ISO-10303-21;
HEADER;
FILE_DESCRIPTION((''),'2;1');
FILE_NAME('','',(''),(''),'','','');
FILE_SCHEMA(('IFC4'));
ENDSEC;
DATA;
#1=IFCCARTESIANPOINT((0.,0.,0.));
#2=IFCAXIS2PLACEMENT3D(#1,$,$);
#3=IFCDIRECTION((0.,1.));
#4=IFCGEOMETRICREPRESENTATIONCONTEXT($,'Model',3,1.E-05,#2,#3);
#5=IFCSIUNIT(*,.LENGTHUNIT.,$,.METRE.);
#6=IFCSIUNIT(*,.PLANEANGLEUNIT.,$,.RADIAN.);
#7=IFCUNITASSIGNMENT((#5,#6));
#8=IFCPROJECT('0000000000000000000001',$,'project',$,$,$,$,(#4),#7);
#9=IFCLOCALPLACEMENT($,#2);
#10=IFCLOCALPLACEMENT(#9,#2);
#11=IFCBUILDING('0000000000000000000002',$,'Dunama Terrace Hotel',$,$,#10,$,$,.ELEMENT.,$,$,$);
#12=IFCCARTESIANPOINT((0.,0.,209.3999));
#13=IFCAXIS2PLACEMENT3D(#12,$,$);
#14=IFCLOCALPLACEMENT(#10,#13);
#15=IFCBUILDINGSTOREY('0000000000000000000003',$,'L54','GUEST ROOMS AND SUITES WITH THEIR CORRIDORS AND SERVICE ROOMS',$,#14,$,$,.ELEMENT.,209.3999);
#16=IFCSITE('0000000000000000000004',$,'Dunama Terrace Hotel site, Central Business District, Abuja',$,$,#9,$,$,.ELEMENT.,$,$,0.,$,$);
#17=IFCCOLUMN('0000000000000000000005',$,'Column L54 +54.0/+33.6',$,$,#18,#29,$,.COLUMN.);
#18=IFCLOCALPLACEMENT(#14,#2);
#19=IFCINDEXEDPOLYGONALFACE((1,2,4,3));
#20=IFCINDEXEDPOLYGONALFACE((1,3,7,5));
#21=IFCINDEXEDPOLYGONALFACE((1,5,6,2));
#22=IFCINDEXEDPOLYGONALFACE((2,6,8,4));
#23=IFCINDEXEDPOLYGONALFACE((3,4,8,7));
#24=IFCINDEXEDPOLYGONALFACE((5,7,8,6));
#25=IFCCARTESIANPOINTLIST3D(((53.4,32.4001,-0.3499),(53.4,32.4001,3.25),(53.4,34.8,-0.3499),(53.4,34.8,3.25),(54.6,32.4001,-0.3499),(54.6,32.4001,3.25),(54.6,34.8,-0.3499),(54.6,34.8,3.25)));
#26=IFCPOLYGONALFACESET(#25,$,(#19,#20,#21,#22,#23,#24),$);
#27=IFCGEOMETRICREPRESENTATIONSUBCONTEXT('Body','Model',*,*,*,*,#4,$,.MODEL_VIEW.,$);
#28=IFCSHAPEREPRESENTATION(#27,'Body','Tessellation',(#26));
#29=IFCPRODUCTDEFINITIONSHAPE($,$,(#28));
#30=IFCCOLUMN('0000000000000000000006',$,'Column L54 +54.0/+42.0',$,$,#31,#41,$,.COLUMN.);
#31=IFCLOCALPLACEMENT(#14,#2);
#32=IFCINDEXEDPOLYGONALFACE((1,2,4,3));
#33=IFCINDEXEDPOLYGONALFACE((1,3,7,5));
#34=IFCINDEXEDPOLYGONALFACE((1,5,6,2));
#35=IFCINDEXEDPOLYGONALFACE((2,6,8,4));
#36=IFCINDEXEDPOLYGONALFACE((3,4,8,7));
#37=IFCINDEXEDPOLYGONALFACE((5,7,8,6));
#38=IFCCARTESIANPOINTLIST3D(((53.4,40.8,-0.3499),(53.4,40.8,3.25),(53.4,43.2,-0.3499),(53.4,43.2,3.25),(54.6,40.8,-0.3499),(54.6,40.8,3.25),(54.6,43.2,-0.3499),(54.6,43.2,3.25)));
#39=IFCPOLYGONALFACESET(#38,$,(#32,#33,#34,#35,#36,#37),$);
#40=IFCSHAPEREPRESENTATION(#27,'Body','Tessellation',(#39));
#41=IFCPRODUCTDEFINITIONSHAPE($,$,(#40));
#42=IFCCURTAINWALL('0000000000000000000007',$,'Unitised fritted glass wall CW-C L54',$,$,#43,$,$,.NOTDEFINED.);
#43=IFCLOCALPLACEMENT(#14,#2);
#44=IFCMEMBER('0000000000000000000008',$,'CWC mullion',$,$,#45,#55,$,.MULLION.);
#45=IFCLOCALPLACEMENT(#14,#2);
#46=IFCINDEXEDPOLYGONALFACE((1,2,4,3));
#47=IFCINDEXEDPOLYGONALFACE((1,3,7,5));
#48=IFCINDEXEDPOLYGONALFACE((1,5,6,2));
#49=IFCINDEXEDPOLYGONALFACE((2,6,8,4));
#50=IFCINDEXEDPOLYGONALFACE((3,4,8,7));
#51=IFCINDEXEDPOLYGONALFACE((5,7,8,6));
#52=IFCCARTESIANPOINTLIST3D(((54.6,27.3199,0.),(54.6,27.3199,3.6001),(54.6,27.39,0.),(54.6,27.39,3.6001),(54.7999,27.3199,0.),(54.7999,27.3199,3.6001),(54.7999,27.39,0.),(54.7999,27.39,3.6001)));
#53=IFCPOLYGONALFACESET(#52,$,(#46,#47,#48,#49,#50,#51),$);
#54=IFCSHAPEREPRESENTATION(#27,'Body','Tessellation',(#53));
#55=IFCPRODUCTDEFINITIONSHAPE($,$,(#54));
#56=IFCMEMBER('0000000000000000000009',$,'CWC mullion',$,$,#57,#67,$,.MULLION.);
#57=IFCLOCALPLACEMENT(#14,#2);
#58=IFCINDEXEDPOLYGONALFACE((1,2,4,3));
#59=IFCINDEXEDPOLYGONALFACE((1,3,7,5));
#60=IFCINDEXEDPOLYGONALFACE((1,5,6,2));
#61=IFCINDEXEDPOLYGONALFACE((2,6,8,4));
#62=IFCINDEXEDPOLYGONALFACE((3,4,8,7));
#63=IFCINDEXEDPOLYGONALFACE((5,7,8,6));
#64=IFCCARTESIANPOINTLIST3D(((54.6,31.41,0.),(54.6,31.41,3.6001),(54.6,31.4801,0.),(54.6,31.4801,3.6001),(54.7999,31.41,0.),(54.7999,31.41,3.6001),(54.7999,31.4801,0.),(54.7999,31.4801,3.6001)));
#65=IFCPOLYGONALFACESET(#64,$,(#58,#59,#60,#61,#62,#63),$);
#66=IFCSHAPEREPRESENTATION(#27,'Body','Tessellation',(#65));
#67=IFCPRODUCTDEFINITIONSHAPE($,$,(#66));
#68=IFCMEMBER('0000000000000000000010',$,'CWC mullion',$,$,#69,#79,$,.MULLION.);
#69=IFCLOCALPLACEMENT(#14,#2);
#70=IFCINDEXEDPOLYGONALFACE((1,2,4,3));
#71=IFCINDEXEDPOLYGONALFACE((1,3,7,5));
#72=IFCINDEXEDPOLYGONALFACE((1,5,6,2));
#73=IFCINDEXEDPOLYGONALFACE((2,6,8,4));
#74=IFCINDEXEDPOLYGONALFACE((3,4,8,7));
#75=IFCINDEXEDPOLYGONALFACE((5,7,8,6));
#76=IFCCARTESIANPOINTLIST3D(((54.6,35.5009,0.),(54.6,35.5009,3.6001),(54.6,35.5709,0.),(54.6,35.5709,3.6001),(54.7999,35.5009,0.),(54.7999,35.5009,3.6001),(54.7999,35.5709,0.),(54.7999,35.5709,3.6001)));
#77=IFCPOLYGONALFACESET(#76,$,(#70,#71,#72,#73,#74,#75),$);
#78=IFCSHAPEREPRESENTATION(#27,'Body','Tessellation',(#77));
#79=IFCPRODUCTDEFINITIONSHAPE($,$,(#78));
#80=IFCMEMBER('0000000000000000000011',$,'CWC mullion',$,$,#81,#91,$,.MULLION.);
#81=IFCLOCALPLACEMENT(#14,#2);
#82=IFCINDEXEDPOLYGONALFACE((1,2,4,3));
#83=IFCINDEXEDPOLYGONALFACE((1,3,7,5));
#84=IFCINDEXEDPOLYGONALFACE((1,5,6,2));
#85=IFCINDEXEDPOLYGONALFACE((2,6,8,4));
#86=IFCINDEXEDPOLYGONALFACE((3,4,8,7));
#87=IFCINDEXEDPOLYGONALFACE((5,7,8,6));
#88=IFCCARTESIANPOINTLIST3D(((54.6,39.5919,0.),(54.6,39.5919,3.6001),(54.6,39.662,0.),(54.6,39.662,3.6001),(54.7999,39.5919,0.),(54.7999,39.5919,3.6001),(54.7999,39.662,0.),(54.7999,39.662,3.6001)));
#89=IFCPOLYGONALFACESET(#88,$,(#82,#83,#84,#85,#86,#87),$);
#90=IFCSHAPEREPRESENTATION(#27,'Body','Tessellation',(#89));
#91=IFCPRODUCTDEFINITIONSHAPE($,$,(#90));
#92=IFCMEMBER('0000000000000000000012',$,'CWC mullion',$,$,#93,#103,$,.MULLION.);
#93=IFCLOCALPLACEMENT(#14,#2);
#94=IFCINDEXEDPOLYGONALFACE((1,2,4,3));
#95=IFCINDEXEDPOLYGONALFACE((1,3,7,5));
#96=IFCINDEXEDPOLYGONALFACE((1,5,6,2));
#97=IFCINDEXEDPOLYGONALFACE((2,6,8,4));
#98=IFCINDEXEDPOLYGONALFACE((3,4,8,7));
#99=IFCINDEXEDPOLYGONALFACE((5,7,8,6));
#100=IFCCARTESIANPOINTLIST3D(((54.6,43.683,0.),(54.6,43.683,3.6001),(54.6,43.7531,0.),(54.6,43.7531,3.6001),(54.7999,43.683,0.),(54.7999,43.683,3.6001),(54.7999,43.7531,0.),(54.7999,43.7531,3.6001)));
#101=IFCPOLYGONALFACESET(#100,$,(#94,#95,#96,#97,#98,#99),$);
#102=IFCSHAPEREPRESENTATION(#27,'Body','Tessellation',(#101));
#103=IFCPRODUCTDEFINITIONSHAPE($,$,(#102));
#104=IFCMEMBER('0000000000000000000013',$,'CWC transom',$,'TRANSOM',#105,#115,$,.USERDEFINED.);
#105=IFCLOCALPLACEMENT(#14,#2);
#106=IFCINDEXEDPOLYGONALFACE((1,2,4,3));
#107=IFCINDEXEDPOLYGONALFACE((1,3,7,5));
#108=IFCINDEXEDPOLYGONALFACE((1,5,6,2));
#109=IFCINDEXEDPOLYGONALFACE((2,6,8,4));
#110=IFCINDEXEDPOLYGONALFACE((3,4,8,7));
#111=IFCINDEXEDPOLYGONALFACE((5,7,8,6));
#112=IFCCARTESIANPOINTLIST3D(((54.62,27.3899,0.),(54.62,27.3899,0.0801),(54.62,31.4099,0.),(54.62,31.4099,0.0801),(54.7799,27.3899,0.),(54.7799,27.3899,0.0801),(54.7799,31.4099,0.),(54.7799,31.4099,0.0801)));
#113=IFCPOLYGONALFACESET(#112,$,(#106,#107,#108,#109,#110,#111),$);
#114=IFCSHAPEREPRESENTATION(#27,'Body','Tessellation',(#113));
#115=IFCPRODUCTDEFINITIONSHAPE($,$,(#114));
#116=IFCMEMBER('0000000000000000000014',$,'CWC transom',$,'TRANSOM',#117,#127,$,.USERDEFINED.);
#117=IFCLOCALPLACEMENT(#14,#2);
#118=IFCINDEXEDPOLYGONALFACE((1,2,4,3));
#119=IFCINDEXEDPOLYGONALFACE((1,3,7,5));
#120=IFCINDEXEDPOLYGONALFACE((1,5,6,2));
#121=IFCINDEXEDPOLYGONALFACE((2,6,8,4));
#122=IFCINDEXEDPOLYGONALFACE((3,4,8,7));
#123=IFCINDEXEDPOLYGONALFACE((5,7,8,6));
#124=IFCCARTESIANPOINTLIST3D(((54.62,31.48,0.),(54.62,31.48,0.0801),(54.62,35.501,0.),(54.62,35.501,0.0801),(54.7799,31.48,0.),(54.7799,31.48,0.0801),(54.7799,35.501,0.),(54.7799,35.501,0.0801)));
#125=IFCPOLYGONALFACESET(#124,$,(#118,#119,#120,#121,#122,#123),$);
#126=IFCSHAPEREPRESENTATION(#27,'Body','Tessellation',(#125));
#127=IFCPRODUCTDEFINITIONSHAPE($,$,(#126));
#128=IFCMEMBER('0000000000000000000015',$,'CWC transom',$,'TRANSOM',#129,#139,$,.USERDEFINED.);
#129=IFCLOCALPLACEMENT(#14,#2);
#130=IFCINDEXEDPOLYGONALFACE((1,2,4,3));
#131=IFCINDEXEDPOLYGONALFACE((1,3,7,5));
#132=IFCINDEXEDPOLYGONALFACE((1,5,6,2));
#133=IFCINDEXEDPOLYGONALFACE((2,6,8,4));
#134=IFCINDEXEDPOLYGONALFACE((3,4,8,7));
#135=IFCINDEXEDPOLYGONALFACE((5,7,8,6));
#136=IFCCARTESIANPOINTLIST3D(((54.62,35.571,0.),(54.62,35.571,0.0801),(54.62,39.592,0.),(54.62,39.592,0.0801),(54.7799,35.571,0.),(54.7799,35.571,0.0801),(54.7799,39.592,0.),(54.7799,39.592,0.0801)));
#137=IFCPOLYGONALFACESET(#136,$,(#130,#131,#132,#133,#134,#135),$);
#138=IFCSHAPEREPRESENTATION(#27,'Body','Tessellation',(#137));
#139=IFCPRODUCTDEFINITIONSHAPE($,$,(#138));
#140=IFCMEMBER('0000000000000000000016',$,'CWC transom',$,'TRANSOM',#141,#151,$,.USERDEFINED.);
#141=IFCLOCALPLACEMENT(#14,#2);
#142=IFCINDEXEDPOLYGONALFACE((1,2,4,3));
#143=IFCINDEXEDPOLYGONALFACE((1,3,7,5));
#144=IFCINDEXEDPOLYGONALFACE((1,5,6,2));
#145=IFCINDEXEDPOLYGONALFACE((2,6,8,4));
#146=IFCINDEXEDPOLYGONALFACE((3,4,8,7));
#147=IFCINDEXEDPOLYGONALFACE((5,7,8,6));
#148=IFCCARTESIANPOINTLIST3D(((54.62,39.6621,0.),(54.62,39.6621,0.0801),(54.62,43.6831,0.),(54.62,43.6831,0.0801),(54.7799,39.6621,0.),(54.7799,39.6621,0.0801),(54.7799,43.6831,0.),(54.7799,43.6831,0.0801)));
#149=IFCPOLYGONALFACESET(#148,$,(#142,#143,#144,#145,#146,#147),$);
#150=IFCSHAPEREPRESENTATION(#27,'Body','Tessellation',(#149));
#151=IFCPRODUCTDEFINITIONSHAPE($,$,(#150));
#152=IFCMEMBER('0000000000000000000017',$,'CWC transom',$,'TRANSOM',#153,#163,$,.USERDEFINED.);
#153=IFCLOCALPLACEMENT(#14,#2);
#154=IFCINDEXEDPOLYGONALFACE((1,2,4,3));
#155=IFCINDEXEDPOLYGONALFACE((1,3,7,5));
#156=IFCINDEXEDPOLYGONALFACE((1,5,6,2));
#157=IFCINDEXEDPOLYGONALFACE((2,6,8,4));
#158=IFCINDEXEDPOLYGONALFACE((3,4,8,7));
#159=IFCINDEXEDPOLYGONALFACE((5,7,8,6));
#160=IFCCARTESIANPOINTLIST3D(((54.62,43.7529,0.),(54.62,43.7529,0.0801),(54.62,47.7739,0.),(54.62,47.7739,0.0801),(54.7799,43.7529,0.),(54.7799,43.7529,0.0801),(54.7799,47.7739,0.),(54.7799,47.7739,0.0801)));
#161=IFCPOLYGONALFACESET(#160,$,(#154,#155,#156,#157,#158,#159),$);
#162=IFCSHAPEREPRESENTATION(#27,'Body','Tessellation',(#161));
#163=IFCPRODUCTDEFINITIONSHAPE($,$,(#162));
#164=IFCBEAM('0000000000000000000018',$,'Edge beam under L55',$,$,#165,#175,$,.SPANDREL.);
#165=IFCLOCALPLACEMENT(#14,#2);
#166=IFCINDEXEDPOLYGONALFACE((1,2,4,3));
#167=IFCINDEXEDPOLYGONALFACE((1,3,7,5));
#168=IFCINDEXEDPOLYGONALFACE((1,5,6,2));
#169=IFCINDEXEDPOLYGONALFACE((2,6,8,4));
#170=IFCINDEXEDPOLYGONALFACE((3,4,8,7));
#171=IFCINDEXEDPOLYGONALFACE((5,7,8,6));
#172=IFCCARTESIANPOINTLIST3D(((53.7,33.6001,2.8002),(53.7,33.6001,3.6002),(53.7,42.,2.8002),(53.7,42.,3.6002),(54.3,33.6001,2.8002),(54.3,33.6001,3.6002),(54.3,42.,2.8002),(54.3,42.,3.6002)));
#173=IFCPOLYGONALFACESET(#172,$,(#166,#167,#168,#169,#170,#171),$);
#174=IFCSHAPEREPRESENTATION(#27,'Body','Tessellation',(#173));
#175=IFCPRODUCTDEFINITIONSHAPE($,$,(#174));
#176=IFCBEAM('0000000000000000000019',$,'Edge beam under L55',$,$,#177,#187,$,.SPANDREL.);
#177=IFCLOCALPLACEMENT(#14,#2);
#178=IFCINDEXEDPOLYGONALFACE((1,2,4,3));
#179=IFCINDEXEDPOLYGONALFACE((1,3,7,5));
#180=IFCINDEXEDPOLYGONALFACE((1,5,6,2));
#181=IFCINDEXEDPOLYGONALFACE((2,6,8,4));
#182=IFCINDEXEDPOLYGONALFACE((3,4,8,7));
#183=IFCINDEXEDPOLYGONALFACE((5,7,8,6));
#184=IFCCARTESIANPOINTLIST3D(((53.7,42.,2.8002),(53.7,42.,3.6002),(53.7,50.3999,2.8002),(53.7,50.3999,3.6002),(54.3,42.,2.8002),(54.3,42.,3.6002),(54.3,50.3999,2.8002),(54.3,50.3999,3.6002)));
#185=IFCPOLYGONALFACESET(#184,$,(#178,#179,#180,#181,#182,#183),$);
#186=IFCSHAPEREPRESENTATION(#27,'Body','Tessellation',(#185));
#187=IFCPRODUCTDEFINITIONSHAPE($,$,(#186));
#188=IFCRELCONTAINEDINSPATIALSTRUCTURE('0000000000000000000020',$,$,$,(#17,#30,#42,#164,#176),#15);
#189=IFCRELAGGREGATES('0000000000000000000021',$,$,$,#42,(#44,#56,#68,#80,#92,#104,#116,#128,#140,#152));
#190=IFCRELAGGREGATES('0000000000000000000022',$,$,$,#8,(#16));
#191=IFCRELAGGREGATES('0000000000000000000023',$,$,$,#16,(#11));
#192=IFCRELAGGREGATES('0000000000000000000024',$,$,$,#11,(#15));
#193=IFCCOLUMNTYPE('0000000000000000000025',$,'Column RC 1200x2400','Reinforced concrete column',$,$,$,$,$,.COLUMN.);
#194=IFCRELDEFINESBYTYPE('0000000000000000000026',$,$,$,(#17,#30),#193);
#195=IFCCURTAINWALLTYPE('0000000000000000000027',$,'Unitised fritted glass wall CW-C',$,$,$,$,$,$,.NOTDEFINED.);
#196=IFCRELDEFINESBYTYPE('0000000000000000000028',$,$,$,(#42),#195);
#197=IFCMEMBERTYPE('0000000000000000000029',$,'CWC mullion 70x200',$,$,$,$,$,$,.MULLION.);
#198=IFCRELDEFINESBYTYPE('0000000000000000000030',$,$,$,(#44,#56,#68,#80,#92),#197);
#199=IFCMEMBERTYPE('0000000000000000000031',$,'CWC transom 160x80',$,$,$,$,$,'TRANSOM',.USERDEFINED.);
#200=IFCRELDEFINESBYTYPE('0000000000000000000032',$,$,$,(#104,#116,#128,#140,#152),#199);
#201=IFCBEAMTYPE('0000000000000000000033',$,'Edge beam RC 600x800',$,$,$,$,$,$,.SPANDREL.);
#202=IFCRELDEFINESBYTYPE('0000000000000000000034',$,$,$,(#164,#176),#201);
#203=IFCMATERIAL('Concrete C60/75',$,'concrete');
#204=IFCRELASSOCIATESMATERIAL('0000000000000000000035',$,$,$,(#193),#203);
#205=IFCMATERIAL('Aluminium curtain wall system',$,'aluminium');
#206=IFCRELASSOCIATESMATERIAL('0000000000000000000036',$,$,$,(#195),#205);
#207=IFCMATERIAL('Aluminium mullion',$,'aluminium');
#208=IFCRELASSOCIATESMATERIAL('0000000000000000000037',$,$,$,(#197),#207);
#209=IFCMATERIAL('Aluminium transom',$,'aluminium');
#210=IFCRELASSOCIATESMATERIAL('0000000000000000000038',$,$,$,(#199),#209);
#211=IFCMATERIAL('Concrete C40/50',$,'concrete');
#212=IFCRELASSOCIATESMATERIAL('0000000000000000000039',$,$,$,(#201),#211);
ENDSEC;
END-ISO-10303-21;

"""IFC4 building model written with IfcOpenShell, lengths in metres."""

from ifc_helpers import new_model, si_unit, direction, frame, origin, origin_2d, place, context, subcontext, project, spatial, rectangle, extrude, material, material_profile, profile_set, type_object, element, aggregate, save


model = new_model("IFC4")

# Units and contexts
model_context = context("Model", 3, precision=1e-05, world=origin(), true_north=direction((0.0, 1.0)))
body_context = subcontext(model_context, "Body", "Model", "MODEL_VIEW")
ifc_project = project(units=[si_unit("LENGTHUNIT", "METRE"), si_unit("PLANEANGLEUNIT", "RADIAN")], contexts=[model_context])

# Site, building, storey
site_placement = place(None, origin())
site = spatial("IfcSite", under=ifc_project, at=site_placement, Name="Dunama Terrace Hotel site, Central Business District, Abuja", CompositionType="ELEMENT", RefElevation=0.0)
building_placement = place(site_placement, origin())
building = spatial("IfcBuilding", under=site, at=building_placement, Name="Dunama Terrace Hotel", CompositionType="ELEMENT")
storey_placement = place(building_placement, frame((0.0, 0.0, 209.3999)))
storey = spatial("IfcBuildingStorey", under=building, at=storey_placement, Name="L54", Description="GUEST ROOMS AND SUITES WITH THEIR CORRIDORS AND SERVICE ROOMS", CompositionType="ELEMENT", Elevation=209.3999)

# Columns
ifc_material_1 = material(Name="Concrete C60/75", Category="concrete")
ifc_material_profile_1 = material_profile(ifc_material_1, rectangle(XDim=1.2, YDim=2.3999, at=origin_2d()), Name="RC 1200x2400")
ifc_profile_set_1 = profile_set([ifc_material_profile_1], Name="Concrete C60/75")
column_type = type_object("IfcColumnType", Name="Column RC 1200x2400", Description="Reinforced concrete column", PredefinedType="COLUMN", material=ifc_profile_set_1)
for number, where, z_axis, x_axis, name in (
    (1, (54.0, 33.6001, -0.3499), (0.0, 0.0, 1.0), (1.0, 0.0, 0.0), "Column L54 +54.0/+33.6"),
    (2, (54.0, 42.0, -0.3499), (0.0, 0.0, 1.0), (1.0, 0.0, 0.0), "Column L54 +54.0/+42.0"),
):
    element("IfcColumn", number, at=place(storey_placement, frame(where, z_axis=z_axis, x_axis=x_axis)), inside=storey, type_object=column_type, Name=name, PredefinedType="COLUMN", context=body_context, shape_type="SweptSolid", body=[
        extrude(rectangle(XDim=1.2, YDim=2.3999, at=origin_2d()), origin(), (0.0, 0.0, 1.0), 3.5999),
    ])

# Curtain wall, members
ifc_material_2 = material(Name="Aluminium curtain wall system", Category="aluminium")
curtain_wall_type = type_object("IfcCurtainWallType", Name="Unitised fritted glass wall CW-C", PredefinedType="NOTDEFINED", material=ifc_material_2)
curtain_wall_placement = place(storey_placement, origin())
curtain_wall = element("IfcCurtainWall", 3, at=curtain_wall_placement, inside=storey, type_object=curtain_wall_type, Name="Unitised fritted glass wall CW-C L54", PredefinedType="NOTDEFINED")
ifc_material_3 = material(Name="Aluminium mullion", Category="aluminium")
ifc_material_profile_2 = material_profile(ifc_material_3, rectangle(XDim=0.0701, YDim=0.2, at=origin_2d()), Name="CWC MULLION 70X200")
ifc_profile_set_2 = profile_set([ifc_material_profile_2], Name="Aluminium mullion")
member_type_1 = type_object("IfcMemberType", Name="CWC mullion 70x200", PredefinedType="MULLION", material=ifc_profile_set_2)
member_1_placement = place(storey_placement, frame((54.7, 27.355, 0.0), z_axis=(0.0, 0.0, 1.0), x_axis=(0.0, 1.0, 0.0)))
member_1 = element("IfcMember", 4, at=member_1_placement, type_object=member_type_1, Name="CWC mullion", PredefinedType="MULLION", context=body_context, shape_type="SweptSolid", body=[
    extrude(rectangle(XDim=0.0701, YDim=0.2, at=origin_2d()), origin(), (0.0, 0.0, 1.0), 3.6001),
])
member_2_placement = place(storey_placement, frame((54.7, 31.4451, 0.0), z_axis=(0.0, 0.0, 1.0), x_axis=(0.0, 1.0, 0.0)))
member_2 = element("IfcMember", 5, at=member_2_placement, type_object=member_type_1, Name="CWC mullion", PredefinedType="MULLION", context=body_context, shape_type="SweptSolid", body=[
    extrude(rectangle(XDim=0.0701, YDim=0.2, at=origin_2d()), origin(), (0.0, 0.0, 1.0), 3.6001),
])
member_3_placement = place(storey_placement, frame((54.7, 35.5359, 0.0), z_axis=(0.0, 0.0, 1.0), x_axis=(0.0, 1.0, 0.0)))
member_3 = element("IfcMember", 6, at=member_3_placement, type_object=member_type_1, Name="CWC mullion", PredefinedType="MULLION", context=body_context, shape_type="SweptSolid", body=[
    extrude(rectangle(XDim=0.0701, YDim=0.2, at=origin_2d()), origin(), (0.0, 0.0, 1.0), 3.6001),
])
member_4_placement = place(storey_placement, frame((54.7, 39.627, 0.0), z_axis=(0.0, 0.0, 1.0), x_axis=(0.0, 1.0, 0.0)))
member_4 = element("IfcMember", 7, at=member_4_placement, type_object=member_type_1, Name="CWC mullion", PredefinedType="MULLION", context=body_context, shape_type="SweptSolid", body=[
    extrude(rectangle(XDim=0.0701, YDim=0.2, at=origin_2d()), origin(), (0.0, 0.0, 1.0), 3.6001),
])
member_5_placement = place(storey_placement, frame((54.7, 43.718, 0.0), z_axis=(0.0, 0.0, 1.0), x_axis=(0.0, 1.0, 0.0)))
member_5 = element("IfcMember", 8, at=member_5_placement, type_object=member_type_1, Name="CWC mullion", PredefinedType="MULLION", context=body_context, shape_type="SweptSolid", body=[
    extrude(rectangle(XDim=0.0701, YDim=0.2, at=origin_2d()), origin(), (0.0, 0.0, 1.0), 3.6001),
])
ifc_material_4 = material(Name="Aluminium transom", Category="aluminium")
ifc_material_profile_3 = material_profile(ifc_material_4, rectangle(XDim=0.1599, YDim=0.0801, at=origin_2d()), Name="CWC TRANSOM 160X80")
ifc_profile_set_3 = profile_set([ifc_material_profile_3], Name="Aluminium transom")
member_type_2 = type_object("IfcMemberType", Name="CWC transom 160x80", ElementType="TRANSOM", PredefinedType="USERDEFINED", material=ifc_profile_set_3)
member_6_placement = place(storey_placement, frame((54.7, 27.3899, 0.04), z_axis=(0.0, 1.0, 0.0), x_axis=(-1.0, 0.0, 0.0)))
member_6 = element("IfcMember", 9, at=member_6_placement, type_object=member_type_2, Name="CWC transom", ObjectType="TRANSOM", PredefinedType="USERDEFINED", context=body_context, shape_type="SweptSolid", body=[
    extrude(rectangle(XDim=0.1599, YDim=0.0801, at=origin_2d()), origin(), (0.0, 0.0, 1.0), 4.02),
])
member_7_placement = place(storey_placement, frame((54.7, 31.48, 0.04), z_axis=(0.0, 1.0, 0.0), x_axis=(-1.0, 0.0, 0.0)))
member_7 = element("IfcMember", 10, at=member_7_placement, type_object=member_type_2, Name="CWC transom", ObjectType="TRANSOM", PredefinedType="USERDEFINED", context=body_context, shape_type="SweptSolid", body=[
    extrude(rectangle(XDim=0.1599, YDim=0.0801, at=origin_2d()), origin(), (0.0, 0.0, 1.0), 4.021),
])
member_8_placement = place(storey_placement, frame((54.7, 35.571, 0.04), z_axis=(0.0, 1.0, 0.0), x_axis=(-1.0, 0.0, 0.0)))
member_8 = element("IfcMember", 11, at=member_8_placement, type_object=member_type_2, Name="CWC transom", ObjectType="TRANSOM", PredefinedType="USERDEFINED", context=body_context, shape_type="SweptSolid", body=[
    extrude(rectangle(XDim=0.1599, YDim=0.0801, at=origin_2d()), origin(), (0.0, 0.0, 1.0), 4.021),
])
member_9_placement = place(storey_placement, frame((54.7, 39.6621, 0.04), z_axis=(0.0, 1.0, 0.0), x_axis=(-1.0, 0.0, 0.0)))
member_9 = element("IfcMember", 12, at=member_9_placement, type_object=member_type_2, Name="CWC transom", ObjectType="TRANSOM", PredefinedType="USERDEFINED", context=body_context, shape_type="SweptSolid", body=[
    extrude(rectangle(XDim=0.1599, YDim=0.0801, at=origin_2d()), origin(), (0.0, 0.0, 1.0), 4.021),
])
member_10_placement = place(storey_placement, frame((54.7, 43.7529, 0.04), z_axis=(0.0, 1.0, 0.0), x_axis=(-1.0, 0.0, 0.0)))
member_10 = element("IfcMember", 13, at=member_10_placement, type_object=member_type_2, Name="CWC transom", ObjectType="TRANSOM", PredefinedType="USERDEFINED", context=body_context, shape_type="SweptSolid", body=[
    extrude(rectangle(XDim=0.1599, YDim=0.0801, at=origin_2d()), origin(), (0.0, 0.0, 1.0), 4.021),
])

# Beams
ifc_material_5 = material(Name="Concrete C40/50", Category="concrete")
ifc_material_profile_4 = material_profile(ifc_material_5, rectangle(XDim=0.6001, YDim=0.8, at=origin_2d()), Name="RC 600x800")
ifc_profile_set_4 = profile_set([ifc_material_profile_4], Name="Concrete C40/50")
beam_type = type_object("IfcBeamType", Name="Edge beam RC 600x800", PredefinedType="SPANDREL", material=ifc_profile_set_4)
for number, where, z_axis, x_axis, name in (
    (14, (54.0, 33.6001, 3.2002), (0.0, 1.0, 0.0), (-1.0, 0.0, 0.0), "Edge beam under L55"),
    (15, (54.0, 42.0, 3.2002), (0.0, 1.0, 0.0), (-1.0, 0.0, 0.0), "Edge beam under L55"),
):
    element("IfcBeam", number, at=place(storey_placement, frame(where, z_axis=z_axis, x_axis=x_axis)), inside=storey, type_object=beam_type, Name=name, PredefinedType="SPANDREL", context=body_context, shape_type="SweptSolid", body=[
        extrude(rectangle(XDim=0.6001, YDim=0.8, at=origin_2d()), origin(), (0.0, 0.0, 1.0), 8.3999),
    ])

aggregate(curtain_wall, [member_1, member_2, member_3, member_4, member_5, member_6, member_7, member_8, member_9, member_10])

save(model, "model.ifc")
